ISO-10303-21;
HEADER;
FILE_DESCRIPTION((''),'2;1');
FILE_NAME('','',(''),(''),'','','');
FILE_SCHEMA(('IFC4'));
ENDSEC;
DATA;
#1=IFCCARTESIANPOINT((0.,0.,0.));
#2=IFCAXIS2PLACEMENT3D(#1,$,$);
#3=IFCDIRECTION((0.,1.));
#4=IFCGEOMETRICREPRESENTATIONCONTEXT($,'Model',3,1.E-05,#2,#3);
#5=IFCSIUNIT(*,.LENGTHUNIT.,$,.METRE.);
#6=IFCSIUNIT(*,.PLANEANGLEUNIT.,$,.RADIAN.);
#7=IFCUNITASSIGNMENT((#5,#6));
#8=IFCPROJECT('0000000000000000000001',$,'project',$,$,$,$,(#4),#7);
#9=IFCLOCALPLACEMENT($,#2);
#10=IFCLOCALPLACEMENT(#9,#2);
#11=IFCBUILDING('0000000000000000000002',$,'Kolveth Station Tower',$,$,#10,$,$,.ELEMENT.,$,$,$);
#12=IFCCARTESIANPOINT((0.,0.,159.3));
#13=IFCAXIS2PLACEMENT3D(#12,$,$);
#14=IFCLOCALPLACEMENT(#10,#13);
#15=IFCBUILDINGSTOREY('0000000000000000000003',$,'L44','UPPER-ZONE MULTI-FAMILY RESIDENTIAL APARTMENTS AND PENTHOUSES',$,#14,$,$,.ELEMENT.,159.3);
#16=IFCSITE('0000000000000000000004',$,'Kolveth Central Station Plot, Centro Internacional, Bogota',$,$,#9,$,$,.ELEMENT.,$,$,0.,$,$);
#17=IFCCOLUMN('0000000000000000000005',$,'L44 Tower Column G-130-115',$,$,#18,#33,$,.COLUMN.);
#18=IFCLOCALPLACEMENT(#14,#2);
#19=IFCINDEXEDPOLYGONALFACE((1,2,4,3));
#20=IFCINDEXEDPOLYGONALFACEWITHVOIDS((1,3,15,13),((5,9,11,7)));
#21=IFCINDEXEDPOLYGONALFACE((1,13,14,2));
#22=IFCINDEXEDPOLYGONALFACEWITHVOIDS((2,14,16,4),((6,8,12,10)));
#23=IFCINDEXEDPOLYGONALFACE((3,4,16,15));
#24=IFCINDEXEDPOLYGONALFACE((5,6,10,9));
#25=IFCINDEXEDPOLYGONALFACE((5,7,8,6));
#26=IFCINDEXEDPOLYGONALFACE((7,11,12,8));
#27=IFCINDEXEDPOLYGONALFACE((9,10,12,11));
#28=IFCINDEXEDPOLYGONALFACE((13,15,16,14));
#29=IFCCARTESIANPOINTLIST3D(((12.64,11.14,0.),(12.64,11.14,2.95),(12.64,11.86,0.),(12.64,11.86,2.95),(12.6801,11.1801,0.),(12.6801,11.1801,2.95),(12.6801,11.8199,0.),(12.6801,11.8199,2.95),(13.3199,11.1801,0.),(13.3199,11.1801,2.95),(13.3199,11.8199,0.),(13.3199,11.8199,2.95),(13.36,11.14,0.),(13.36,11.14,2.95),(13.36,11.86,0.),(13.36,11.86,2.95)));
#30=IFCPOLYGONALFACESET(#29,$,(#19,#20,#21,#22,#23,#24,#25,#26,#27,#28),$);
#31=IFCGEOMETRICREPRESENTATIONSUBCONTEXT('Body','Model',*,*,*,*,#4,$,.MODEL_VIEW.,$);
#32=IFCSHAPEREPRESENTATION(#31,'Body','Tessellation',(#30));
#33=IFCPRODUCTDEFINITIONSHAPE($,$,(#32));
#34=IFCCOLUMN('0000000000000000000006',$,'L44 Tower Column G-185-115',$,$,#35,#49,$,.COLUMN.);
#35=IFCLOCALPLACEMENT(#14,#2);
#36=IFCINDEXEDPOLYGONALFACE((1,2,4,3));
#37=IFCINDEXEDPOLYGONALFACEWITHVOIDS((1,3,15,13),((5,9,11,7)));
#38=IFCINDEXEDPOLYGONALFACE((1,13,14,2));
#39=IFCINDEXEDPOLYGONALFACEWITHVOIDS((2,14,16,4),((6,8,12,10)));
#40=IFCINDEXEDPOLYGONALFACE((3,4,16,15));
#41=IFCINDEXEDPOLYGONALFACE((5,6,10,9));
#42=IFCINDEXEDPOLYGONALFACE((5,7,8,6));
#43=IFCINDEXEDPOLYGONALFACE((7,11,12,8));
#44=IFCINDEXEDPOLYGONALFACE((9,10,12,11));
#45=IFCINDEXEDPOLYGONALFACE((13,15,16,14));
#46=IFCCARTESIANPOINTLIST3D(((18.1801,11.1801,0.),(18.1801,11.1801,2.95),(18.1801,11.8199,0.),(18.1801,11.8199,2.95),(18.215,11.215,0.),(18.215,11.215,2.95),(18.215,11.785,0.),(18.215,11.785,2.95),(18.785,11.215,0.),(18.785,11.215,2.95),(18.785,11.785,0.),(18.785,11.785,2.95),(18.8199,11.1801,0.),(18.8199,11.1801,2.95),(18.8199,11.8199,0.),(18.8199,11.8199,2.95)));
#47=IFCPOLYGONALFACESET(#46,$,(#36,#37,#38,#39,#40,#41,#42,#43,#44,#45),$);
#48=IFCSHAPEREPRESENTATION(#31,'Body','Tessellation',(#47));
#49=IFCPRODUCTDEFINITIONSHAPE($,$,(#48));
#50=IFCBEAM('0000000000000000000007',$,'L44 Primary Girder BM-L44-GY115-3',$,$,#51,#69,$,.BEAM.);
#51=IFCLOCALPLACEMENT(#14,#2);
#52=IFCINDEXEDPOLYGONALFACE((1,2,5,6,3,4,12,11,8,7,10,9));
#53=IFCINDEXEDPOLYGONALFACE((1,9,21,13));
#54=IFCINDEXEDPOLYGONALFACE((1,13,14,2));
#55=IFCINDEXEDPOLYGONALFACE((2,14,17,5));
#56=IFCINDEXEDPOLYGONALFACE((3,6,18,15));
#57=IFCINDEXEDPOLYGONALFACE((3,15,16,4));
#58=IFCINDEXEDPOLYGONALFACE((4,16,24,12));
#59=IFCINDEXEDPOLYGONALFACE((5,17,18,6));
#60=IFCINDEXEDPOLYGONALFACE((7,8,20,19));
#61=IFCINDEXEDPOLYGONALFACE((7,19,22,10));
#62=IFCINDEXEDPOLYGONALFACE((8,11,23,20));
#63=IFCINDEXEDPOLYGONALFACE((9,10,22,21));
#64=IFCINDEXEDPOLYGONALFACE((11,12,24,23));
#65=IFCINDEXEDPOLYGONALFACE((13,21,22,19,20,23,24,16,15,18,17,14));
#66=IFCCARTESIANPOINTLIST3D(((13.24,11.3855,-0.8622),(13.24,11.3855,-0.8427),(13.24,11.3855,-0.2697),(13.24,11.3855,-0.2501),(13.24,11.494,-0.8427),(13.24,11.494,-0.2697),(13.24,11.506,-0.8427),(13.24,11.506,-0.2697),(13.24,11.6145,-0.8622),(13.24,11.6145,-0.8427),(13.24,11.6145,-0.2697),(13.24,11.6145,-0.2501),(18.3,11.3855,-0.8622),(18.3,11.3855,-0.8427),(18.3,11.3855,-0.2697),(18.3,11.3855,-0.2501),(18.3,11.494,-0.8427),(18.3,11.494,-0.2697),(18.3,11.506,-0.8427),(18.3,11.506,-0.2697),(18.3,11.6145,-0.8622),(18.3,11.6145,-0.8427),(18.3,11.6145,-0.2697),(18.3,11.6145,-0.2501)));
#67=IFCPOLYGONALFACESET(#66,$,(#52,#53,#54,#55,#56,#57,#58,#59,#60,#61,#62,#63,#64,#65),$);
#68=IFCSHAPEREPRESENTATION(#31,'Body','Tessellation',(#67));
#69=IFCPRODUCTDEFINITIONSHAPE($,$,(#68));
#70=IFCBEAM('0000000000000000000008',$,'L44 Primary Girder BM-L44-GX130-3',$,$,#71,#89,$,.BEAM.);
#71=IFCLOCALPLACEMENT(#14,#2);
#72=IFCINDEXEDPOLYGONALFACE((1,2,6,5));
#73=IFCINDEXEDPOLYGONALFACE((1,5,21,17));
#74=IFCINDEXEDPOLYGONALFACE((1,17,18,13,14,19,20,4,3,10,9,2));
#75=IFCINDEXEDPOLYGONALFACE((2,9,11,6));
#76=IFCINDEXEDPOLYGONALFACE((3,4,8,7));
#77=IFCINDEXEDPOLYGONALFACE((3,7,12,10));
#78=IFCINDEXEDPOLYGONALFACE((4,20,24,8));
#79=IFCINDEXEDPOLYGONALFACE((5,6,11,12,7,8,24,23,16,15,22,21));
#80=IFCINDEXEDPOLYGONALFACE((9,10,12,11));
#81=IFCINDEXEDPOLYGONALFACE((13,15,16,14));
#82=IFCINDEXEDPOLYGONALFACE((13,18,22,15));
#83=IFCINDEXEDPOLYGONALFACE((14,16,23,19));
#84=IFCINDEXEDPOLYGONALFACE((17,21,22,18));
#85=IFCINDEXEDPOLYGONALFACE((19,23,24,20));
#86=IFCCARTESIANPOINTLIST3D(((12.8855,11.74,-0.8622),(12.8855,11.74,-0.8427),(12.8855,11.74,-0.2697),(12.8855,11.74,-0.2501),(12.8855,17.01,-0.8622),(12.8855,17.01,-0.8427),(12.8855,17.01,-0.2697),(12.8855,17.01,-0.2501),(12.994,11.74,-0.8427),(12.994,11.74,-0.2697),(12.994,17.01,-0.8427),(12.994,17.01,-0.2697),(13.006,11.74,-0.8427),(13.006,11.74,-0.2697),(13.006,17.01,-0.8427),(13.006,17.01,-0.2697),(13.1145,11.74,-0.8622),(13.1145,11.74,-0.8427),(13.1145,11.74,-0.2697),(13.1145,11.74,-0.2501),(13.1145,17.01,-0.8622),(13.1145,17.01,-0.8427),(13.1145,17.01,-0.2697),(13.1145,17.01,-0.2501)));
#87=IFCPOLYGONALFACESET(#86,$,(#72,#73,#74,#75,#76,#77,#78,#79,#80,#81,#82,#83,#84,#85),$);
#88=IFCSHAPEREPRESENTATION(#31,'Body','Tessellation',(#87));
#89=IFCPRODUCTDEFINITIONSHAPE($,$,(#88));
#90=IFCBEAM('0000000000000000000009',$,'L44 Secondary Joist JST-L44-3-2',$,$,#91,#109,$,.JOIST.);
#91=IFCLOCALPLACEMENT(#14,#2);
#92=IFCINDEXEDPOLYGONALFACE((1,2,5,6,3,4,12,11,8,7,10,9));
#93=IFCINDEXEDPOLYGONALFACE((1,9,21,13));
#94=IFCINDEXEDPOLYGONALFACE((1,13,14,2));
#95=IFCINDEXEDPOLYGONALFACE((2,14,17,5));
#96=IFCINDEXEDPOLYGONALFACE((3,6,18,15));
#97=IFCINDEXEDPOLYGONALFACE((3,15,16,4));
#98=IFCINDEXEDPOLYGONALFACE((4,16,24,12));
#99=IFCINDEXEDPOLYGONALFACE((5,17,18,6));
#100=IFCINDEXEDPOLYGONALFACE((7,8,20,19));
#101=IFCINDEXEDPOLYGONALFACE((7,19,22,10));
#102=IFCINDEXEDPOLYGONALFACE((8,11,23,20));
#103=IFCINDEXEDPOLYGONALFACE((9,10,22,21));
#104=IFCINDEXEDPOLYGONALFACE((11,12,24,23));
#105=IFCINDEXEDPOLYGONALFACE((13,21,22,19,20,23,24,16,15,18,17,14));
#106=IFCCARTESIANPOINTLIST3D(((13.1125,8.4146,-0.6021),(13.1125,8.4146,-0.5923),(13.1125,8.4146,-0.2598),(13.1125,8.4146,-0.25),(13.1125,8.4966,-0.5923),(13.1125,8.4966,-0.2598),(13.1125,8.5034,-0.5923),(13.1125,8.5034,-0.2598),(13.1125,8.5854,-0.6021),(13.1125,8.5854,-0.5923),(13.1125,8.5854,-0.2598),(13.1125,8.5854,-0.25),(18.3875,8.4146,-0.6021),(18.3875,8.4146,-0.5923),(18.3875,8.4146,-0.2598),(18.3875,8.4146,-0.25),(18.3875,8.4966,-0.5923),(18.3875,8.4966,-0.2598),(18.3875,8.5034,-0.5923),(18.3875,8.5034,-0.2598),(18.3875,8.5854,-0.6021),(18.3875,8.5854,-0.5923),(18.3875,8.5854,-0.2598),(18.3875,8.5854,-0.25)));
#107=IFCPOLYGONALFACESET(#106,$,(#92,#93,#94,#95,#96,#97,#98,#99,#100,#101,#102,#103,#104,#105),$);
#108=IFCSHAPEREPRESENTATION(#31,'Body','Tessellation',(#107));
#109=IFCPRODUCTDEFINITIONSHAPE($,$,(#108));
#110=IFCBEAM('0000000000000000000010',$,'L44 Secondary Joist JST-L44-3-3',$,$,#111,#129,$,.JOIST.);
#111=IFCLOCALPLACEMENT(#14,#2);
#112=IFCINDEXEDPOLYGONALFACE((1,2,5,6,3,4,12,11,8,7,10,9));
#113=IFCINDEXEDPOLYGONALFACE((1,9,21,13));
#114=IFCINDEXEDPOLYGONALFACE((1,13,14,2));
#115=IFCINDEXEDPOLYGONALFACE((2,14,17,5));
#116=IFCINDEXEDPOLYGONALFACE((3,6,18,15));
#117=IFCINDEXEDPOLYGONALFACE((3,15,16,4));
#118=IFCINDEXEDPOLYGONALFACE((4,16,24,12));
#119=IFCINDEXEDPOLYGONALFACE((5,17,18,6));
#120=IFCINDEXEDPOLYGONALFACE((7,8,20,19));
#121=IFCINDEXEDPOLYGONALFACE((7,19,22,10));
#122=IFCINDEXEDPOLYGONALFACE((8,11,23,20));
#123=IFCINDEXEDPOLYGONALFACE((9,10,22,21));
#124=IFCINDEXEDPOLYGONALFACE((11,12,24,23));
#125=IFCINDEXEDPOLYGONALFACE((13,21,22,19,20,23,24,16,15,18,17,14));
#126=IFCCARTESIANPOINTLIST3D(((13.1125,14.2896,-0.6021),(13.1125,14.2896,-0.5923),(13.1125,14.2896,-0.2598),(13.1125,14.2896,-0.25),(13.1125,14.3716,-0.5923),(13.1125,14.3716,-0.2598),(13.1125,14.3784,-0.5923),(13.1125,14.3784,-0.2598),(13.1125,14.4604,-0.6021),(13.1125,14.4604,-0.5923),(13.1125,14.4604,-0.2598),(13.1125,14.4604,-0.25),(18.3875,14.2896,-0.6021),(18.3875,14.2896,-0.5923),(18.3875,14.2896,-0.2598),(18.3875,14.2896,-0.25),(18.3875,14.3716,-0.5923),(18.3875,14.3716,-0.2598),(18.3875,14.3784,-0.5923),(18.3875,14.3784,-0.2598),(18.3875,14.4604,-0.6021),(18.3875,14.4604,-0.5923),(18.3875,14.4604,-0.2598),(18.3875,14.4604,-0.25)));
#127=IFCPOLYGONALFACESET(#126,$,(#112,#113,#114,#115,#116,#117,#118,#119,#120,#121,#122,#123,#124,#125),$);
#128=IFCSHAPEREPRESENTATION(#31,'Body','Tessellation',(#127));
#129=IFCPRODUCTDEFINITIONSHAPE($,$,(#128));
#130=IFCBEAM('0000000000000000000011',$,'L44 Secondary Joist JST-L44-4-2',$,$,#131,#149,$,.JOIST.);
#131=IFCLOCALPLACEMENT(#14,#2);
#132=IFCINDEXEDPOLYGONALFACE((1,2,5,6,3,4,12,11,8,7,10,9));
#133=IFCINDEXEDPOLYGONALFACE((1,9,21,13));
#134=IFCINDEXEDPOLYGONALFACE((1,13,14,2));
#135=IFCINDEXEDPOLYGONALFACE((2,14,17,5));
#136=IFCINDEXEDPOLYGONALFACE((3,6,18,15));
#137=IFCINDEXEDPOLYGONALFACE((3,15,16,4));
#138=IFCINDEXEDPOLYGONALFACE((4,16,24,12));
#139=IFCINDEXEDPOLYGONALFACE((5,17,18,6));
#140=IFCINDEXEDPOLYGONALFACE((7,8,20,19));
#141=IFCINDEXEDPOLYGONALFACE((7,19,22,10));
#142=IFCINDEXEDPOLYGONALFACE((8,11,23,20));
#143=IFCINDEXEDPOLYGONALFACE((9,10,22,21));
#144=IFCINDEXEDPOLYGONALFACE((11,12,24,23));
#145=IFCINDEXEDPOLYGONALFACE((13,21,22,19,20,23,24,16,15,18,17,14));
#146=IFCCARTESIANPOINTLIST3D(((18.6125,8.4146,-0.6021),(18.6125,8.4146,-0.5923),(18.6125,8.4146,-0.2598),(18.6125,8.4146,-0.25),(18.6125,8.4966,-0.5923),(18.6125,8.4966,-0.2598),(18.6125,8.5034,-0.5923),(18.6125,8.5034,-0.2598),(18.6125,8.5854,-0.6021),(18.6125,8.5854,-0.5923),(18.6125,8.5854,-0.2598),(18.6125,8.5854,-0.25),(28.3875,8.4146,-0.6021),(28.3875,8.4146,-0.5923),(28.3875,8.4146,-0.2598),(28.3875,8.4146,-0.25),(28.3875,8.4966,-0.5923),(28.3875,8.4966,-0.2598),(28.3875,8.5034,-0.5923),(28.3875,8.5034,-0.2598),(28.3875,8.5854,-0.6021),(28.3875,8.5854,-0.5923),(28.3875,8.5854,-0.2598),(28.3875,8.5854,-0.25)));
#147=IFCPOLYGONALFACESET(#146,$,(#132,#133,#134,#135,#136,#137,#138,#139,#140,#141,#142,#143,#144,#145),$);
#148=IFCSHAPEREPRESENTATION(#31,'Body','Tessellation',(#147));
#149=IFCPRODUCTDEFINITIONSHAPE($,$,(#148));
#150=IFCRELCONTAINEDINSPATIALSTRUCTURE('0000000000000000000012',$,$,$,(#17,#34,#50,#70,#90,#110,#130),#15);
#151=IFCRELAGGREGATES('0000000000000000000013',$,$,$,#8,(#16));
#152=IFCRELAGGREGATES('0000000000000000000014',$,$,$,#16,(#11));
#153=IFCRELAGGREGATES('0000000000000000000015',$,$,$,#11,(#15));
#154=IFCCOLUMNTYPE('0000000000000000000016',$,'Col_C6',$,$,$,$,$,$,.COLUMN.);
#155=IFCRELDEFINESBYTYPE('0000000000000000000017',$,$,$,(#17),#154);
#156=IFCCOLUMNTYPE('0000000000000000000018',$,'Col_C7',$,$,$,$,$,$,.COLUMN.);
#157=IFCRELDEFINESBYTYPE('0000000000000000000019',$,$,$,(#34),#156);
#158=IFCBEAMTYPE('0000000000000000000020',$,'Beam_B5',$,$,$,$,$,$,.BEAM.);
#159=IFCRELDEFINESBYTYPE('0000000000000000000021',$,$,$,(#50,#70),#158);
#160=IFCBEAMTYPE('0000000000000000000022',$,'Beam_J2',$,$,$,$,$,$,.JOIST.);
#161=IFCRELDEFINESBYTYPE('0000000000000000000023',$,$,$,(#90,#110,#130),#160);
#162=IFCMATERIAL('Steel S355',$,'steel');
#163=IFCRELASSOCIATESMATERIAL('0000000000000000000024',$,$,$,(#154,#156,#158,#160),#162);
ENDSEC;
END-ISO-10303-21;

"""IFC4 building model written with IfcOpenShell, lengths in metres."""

from ifc_helpers import new_model, si_unit, direction, frame, origin, origin_2d, place, context, subcontext, project, spatial, hollow_rectangle, i_section, extrude, source, transform, mapped, material, material_profile, profile_set, type_object, element, save


model = new_model("IFC4")

# Units and contexts
model_context = context("Model", 3, precision=1e-05, world=origin(), true_north=direction((0.0, 1.0)))
body_context = subcontext(model_context, "Body", "Model", "MODEL_VIEW")
ifc_project = project(units=[si_unit("LENGTHUNIT", "METRE"), si_unit("PLANEANGLEUNIT", "RADIAN")], contexts=[model_context])

# Site, building, storey
site_placement = place(None, origin())
site = spatial("IfcSite", under=ifc_project, at=site_placement, Name="Kolveth Central Station Plot, Centro Internacional, Bogota", CompositionType="ELEMENT", RefElevation=0.0)
building_placement = place(site_placement, origin())
building = spatial("IfcBuilding", under=site, at=building_placement, Name="Kolveth Station Tower", CompositionType="ELEMENT")
storey_placement = place(building_placement, frame((0.0, 0.0, 159.3)))
storey = spatial("IfcBuildingStorey", under=building, at=storey_placement, Name="L44", Description="UPPER-ZONE MULTI-FAMILY RESIDENTIAL APARTMENTS AND PENTHOUSES", CompositionType="ELEMENT", Elevation=159.3)

# Columns
ifc_material_1 = material(Name="Steel S355", Category="steel")
ifc_material_profile_1 = material_profile(ifc_material_1, hollow_rectangle(XDim=0.72, YDim=0.72, WallThickness=0.04, at=origin_2d()), Name="BOX720x720x40")
ifc_profile_set_1 = profile_set([ifc_material_profile_1], Name="Steel S355")
column_type_1 = type_object("IfcColumnType", Name="Col_C6", PredefinedType="COLUMN", material=ifc_profile_set_1)
shared_shape_1 = source(origin(), body_context, "Body", "SweptSolid", [
    extrude(hollow_rectangle(XDim=0.72, YDim=0.72, WallThickness=0.04, at=origin_2d()), origin(), (0.0, 0.0, 1.0), 2.95),
])
column_1_placement = place(storey_placement, frame((13.0, 11.5, 0.0), z_axis=(0.0, 0.0, 1.0), x_axis=(1.0, 0.0, 0.0)))
element("IfcColumn", 1, at=column_1_placement, inside=storey, type_object=column_type_1, Name="L44 Tower Column G-130-115", PredefinedType="COLUMN", context=body_context, shape_type="MappedRepresentation", body=[
    mapped(shared_shape_1, transform((0.0, 0.0, 0.0), x_axis=(1.0, 0.0, 0.0), y_axis=(0.0, 1.0, 0.0), z_axis=(0.0, 0.0, 1.0), scale=1.0)),
])
ifc_material_profile_2 = material_profile(ifc_material_1, hollow_rectangle(XDim=0.6399, YDim=0.6399, WallThickness=0.0349, at=origin_2d()), Name="BOX640x640x35")
ifc_profile_set_2 = profile_set([ifc_material_profile_2], Name="Steel S355")
column_type_2 = type_object("IfcColumnType", Name="Col_C7", PredefinedType="COLUMN", material=ifc_profile_set_2)
shared_shape_2 = source(origin(), body_context, "Body", "SweptSolid", [
    extrude(hollow_rectangle(XDim=0.6399, YDim=0.6399, WallThickness=0.0349, at=origin_2d()), origin(), (0.0, 0.0, 1.0), 2.95),
])
column_2_placement = place(storey_placement, frame((18.5, 11.5, 0.0), z_axis=(0.0, 0.0, 1.0), x_axis=(1.0, 0.0, 0.0)))
element("IfcColumn", 2, at=column_2_placement, inside=storey, type_object=column_type_2, Name="L44 Tower Column G-185-115", PredefinedType="COLUMN", context=body_context, shape_type="MappedRepresentation", body=[
    mapped(shared_shape_2, transform((0.0, 0.0, 0.0), x_axis=(1.0, 0.0, 0.0), y_axis=(0.0, 1.0, 0.0), z_axis=(0.0, 0.0, 1.0), scale=1.0)),
])

# Beams
ifc_material_profile_3 = material_profile(ifc_material_1, i_section(OverallWidth=0.229, OverallDepth=0.6121, WebThickness=0.012, FlangeThickness=0.0195, at=origin_2d()), Name="W610x125")
ifc_profile_set_3 = profile_set([ifc_material_profile_3], Name="Steel S355")
beam_type_1 = type_object("IfcBeamType", Name="Beam_B5", PredefinedType="BEAM", material=ifc_profile_set_3)
shared_shape_3 = source(origin(), body_context, "Body", "SweptSolid", [
    extrude(i_section(OverallWidth=0.229, OverallDepth=0.6121, WebThickness=0.012, FlangeThickness=0.0195, at=origin_2d()), origin(), (0.0, 0.0, 1.0), 5.0601),
])
beam_1_placement = place(storey_placement, frame((13.24, 11.5, -0.5562), z_axis=(1.0, 0.0, 0.0), x_axis=(0.0, 1.0, 0.0)))
element("IfcBeam", 3, at=beam_1_placement, inside=storey, type_object=beam_type_1, Name="L44 Primary Girder BM-L44-GY115-3", PredefinedType="BEAM", context=body_context, shape_type="MappedRepresentation", body=[
    mapped(shared_shape_3, transform((0.0, 0.0, 0.0), x_axis=(1.0, 0.0, 0.0), y_axis=(0.0, 1.0, 0.0), z_axis=(0.0, 0.0, 1.0), scale=1.0)),
])
shared_shape_4 = source(origin(), body_context, "Body", "SweptSolid", [
    extrude(i_section(OverallWidth=0.229, OverallDepth=0.6121, WebThickness=0.012, FlangeThickness=0.0195, at=origin_2d()), origin(), (0.0, 0.0, 1.0), 5.27),
])
beam_2_placement = place(storey_placement, frame((13.0, 11.74, -0.5562), z_axis=(0.0, 1.0, 0.0), x_axis=(-1.0, 0.0, 0.0)))
element("IfcBeam", 4, at=beam_2_placement, inside=storey, type_object=beam_type_1, Name="L44 Primary Girder BM-L44-GX130-3", PredefinedType="BEAM", context=body_context, shape_type="MappedRepresentation", body=[
    mapped(shared_shape_4, transform((0.0, 0.0, 0.0), x_axis=(1.0, 0.0, 0.0), y_axis=(0.0, 1.0, 0.0), z_axis=(0.0, 0.0, 1.0), scale=1.0)),
])
ifc_material_profile_4 = material_profile(ifc_material_1, i_section(OverallWidth=0.1709, OverallDepth=0.3521, WebThickness=0.0068, FlangeThickness=0.0098, at=origin_2d()), Name="W360x44")
ifc_profile_set_4 = profile_set([ifc_material_profile_4], Name="Steel S355")
beam_type_2 = type_object("IfcBeamType", Name="Beam_J2", PredefinedType="JOIST", material=ifc_profile_set_4)
shared_shape_5 = source(origin(), body_context, "Body", "SweptSolid", [
    extrude(i_section(OverallWidth=0.1709, OverallDepth=0.3521, WebThickness=0.0068, FlangeThickness=0.0098, at=origin_2d()), origin(), (0.0, 0.0, 1.0), 5.2749),
])
for number, where, z_axis, x_axis, name in (
    (5, (13.1125, 8.5, -0.426), (1.0, 0.0, 0.0), (0.0, 1.0, 0.0), "L44 Secondary Joist JST-L44-3-2"),
    (6, (13.1125, 14.375, -0.426), (1.0, 0.0, 0.0), (0.0, 1.0, 0.0), "L44 Secondary Joist JST-L44-3-3"),
):
    element("IfcBeam", number, at=place(storey_placement, frame(where, z_axis=z_axis, x_axis=x_axis)), inside=storey, type_object=beam_type_2, Name=name, PredefinedType="JOIST", context=body_context, shape_type="MappedRepresentation", body=[
        mapped(shared_shape_5, transform((0.0, 0.0, 0.0), x_axis=(1.0, 0.0, 0.0), y_axis=(0.0, 1.0, 0.0), z_axis=(0.0, 0.0, 1.0), scale=1.0)),
    ])
shared_shape_6 = source(origin(), body_context, "Body", "SweptSolid", [
    extrude(i_section(OverallWidth=0.1709, OverallDepth=0.3521, WebThickness=0.0068, FlangeThickness=0.0098, at=origin_2d()), origin(), (0.0, 0.0, 1.0), 9.7749),
])
beam_3_placement = place(storey_placement, frame((18.6125, 8.5, -0.426), z_axis=(1.0, 0.0, 0.0), x_axis=(0.0, 1.0, 0.0)))
element("IfcBeam", 7, at=beam_3_placement, inside=storey, type_object=beam_type_2, Name="L44 Secondary Joist JST-L44-4-2", PredefinedType="JOIST", context=body_context, shape_type="MappedRepresentation", body=[
    mapped(shared_shape_6, transform((0.0, 0.0, 0.0), x_axis=(1.0, 0.0, 0.0), y_axis=(0.0, 1.0, 0.0), z_axis=(0.0, 0.0, 1.0), scale=1.0)),
])

save(model, "model.ifc")
